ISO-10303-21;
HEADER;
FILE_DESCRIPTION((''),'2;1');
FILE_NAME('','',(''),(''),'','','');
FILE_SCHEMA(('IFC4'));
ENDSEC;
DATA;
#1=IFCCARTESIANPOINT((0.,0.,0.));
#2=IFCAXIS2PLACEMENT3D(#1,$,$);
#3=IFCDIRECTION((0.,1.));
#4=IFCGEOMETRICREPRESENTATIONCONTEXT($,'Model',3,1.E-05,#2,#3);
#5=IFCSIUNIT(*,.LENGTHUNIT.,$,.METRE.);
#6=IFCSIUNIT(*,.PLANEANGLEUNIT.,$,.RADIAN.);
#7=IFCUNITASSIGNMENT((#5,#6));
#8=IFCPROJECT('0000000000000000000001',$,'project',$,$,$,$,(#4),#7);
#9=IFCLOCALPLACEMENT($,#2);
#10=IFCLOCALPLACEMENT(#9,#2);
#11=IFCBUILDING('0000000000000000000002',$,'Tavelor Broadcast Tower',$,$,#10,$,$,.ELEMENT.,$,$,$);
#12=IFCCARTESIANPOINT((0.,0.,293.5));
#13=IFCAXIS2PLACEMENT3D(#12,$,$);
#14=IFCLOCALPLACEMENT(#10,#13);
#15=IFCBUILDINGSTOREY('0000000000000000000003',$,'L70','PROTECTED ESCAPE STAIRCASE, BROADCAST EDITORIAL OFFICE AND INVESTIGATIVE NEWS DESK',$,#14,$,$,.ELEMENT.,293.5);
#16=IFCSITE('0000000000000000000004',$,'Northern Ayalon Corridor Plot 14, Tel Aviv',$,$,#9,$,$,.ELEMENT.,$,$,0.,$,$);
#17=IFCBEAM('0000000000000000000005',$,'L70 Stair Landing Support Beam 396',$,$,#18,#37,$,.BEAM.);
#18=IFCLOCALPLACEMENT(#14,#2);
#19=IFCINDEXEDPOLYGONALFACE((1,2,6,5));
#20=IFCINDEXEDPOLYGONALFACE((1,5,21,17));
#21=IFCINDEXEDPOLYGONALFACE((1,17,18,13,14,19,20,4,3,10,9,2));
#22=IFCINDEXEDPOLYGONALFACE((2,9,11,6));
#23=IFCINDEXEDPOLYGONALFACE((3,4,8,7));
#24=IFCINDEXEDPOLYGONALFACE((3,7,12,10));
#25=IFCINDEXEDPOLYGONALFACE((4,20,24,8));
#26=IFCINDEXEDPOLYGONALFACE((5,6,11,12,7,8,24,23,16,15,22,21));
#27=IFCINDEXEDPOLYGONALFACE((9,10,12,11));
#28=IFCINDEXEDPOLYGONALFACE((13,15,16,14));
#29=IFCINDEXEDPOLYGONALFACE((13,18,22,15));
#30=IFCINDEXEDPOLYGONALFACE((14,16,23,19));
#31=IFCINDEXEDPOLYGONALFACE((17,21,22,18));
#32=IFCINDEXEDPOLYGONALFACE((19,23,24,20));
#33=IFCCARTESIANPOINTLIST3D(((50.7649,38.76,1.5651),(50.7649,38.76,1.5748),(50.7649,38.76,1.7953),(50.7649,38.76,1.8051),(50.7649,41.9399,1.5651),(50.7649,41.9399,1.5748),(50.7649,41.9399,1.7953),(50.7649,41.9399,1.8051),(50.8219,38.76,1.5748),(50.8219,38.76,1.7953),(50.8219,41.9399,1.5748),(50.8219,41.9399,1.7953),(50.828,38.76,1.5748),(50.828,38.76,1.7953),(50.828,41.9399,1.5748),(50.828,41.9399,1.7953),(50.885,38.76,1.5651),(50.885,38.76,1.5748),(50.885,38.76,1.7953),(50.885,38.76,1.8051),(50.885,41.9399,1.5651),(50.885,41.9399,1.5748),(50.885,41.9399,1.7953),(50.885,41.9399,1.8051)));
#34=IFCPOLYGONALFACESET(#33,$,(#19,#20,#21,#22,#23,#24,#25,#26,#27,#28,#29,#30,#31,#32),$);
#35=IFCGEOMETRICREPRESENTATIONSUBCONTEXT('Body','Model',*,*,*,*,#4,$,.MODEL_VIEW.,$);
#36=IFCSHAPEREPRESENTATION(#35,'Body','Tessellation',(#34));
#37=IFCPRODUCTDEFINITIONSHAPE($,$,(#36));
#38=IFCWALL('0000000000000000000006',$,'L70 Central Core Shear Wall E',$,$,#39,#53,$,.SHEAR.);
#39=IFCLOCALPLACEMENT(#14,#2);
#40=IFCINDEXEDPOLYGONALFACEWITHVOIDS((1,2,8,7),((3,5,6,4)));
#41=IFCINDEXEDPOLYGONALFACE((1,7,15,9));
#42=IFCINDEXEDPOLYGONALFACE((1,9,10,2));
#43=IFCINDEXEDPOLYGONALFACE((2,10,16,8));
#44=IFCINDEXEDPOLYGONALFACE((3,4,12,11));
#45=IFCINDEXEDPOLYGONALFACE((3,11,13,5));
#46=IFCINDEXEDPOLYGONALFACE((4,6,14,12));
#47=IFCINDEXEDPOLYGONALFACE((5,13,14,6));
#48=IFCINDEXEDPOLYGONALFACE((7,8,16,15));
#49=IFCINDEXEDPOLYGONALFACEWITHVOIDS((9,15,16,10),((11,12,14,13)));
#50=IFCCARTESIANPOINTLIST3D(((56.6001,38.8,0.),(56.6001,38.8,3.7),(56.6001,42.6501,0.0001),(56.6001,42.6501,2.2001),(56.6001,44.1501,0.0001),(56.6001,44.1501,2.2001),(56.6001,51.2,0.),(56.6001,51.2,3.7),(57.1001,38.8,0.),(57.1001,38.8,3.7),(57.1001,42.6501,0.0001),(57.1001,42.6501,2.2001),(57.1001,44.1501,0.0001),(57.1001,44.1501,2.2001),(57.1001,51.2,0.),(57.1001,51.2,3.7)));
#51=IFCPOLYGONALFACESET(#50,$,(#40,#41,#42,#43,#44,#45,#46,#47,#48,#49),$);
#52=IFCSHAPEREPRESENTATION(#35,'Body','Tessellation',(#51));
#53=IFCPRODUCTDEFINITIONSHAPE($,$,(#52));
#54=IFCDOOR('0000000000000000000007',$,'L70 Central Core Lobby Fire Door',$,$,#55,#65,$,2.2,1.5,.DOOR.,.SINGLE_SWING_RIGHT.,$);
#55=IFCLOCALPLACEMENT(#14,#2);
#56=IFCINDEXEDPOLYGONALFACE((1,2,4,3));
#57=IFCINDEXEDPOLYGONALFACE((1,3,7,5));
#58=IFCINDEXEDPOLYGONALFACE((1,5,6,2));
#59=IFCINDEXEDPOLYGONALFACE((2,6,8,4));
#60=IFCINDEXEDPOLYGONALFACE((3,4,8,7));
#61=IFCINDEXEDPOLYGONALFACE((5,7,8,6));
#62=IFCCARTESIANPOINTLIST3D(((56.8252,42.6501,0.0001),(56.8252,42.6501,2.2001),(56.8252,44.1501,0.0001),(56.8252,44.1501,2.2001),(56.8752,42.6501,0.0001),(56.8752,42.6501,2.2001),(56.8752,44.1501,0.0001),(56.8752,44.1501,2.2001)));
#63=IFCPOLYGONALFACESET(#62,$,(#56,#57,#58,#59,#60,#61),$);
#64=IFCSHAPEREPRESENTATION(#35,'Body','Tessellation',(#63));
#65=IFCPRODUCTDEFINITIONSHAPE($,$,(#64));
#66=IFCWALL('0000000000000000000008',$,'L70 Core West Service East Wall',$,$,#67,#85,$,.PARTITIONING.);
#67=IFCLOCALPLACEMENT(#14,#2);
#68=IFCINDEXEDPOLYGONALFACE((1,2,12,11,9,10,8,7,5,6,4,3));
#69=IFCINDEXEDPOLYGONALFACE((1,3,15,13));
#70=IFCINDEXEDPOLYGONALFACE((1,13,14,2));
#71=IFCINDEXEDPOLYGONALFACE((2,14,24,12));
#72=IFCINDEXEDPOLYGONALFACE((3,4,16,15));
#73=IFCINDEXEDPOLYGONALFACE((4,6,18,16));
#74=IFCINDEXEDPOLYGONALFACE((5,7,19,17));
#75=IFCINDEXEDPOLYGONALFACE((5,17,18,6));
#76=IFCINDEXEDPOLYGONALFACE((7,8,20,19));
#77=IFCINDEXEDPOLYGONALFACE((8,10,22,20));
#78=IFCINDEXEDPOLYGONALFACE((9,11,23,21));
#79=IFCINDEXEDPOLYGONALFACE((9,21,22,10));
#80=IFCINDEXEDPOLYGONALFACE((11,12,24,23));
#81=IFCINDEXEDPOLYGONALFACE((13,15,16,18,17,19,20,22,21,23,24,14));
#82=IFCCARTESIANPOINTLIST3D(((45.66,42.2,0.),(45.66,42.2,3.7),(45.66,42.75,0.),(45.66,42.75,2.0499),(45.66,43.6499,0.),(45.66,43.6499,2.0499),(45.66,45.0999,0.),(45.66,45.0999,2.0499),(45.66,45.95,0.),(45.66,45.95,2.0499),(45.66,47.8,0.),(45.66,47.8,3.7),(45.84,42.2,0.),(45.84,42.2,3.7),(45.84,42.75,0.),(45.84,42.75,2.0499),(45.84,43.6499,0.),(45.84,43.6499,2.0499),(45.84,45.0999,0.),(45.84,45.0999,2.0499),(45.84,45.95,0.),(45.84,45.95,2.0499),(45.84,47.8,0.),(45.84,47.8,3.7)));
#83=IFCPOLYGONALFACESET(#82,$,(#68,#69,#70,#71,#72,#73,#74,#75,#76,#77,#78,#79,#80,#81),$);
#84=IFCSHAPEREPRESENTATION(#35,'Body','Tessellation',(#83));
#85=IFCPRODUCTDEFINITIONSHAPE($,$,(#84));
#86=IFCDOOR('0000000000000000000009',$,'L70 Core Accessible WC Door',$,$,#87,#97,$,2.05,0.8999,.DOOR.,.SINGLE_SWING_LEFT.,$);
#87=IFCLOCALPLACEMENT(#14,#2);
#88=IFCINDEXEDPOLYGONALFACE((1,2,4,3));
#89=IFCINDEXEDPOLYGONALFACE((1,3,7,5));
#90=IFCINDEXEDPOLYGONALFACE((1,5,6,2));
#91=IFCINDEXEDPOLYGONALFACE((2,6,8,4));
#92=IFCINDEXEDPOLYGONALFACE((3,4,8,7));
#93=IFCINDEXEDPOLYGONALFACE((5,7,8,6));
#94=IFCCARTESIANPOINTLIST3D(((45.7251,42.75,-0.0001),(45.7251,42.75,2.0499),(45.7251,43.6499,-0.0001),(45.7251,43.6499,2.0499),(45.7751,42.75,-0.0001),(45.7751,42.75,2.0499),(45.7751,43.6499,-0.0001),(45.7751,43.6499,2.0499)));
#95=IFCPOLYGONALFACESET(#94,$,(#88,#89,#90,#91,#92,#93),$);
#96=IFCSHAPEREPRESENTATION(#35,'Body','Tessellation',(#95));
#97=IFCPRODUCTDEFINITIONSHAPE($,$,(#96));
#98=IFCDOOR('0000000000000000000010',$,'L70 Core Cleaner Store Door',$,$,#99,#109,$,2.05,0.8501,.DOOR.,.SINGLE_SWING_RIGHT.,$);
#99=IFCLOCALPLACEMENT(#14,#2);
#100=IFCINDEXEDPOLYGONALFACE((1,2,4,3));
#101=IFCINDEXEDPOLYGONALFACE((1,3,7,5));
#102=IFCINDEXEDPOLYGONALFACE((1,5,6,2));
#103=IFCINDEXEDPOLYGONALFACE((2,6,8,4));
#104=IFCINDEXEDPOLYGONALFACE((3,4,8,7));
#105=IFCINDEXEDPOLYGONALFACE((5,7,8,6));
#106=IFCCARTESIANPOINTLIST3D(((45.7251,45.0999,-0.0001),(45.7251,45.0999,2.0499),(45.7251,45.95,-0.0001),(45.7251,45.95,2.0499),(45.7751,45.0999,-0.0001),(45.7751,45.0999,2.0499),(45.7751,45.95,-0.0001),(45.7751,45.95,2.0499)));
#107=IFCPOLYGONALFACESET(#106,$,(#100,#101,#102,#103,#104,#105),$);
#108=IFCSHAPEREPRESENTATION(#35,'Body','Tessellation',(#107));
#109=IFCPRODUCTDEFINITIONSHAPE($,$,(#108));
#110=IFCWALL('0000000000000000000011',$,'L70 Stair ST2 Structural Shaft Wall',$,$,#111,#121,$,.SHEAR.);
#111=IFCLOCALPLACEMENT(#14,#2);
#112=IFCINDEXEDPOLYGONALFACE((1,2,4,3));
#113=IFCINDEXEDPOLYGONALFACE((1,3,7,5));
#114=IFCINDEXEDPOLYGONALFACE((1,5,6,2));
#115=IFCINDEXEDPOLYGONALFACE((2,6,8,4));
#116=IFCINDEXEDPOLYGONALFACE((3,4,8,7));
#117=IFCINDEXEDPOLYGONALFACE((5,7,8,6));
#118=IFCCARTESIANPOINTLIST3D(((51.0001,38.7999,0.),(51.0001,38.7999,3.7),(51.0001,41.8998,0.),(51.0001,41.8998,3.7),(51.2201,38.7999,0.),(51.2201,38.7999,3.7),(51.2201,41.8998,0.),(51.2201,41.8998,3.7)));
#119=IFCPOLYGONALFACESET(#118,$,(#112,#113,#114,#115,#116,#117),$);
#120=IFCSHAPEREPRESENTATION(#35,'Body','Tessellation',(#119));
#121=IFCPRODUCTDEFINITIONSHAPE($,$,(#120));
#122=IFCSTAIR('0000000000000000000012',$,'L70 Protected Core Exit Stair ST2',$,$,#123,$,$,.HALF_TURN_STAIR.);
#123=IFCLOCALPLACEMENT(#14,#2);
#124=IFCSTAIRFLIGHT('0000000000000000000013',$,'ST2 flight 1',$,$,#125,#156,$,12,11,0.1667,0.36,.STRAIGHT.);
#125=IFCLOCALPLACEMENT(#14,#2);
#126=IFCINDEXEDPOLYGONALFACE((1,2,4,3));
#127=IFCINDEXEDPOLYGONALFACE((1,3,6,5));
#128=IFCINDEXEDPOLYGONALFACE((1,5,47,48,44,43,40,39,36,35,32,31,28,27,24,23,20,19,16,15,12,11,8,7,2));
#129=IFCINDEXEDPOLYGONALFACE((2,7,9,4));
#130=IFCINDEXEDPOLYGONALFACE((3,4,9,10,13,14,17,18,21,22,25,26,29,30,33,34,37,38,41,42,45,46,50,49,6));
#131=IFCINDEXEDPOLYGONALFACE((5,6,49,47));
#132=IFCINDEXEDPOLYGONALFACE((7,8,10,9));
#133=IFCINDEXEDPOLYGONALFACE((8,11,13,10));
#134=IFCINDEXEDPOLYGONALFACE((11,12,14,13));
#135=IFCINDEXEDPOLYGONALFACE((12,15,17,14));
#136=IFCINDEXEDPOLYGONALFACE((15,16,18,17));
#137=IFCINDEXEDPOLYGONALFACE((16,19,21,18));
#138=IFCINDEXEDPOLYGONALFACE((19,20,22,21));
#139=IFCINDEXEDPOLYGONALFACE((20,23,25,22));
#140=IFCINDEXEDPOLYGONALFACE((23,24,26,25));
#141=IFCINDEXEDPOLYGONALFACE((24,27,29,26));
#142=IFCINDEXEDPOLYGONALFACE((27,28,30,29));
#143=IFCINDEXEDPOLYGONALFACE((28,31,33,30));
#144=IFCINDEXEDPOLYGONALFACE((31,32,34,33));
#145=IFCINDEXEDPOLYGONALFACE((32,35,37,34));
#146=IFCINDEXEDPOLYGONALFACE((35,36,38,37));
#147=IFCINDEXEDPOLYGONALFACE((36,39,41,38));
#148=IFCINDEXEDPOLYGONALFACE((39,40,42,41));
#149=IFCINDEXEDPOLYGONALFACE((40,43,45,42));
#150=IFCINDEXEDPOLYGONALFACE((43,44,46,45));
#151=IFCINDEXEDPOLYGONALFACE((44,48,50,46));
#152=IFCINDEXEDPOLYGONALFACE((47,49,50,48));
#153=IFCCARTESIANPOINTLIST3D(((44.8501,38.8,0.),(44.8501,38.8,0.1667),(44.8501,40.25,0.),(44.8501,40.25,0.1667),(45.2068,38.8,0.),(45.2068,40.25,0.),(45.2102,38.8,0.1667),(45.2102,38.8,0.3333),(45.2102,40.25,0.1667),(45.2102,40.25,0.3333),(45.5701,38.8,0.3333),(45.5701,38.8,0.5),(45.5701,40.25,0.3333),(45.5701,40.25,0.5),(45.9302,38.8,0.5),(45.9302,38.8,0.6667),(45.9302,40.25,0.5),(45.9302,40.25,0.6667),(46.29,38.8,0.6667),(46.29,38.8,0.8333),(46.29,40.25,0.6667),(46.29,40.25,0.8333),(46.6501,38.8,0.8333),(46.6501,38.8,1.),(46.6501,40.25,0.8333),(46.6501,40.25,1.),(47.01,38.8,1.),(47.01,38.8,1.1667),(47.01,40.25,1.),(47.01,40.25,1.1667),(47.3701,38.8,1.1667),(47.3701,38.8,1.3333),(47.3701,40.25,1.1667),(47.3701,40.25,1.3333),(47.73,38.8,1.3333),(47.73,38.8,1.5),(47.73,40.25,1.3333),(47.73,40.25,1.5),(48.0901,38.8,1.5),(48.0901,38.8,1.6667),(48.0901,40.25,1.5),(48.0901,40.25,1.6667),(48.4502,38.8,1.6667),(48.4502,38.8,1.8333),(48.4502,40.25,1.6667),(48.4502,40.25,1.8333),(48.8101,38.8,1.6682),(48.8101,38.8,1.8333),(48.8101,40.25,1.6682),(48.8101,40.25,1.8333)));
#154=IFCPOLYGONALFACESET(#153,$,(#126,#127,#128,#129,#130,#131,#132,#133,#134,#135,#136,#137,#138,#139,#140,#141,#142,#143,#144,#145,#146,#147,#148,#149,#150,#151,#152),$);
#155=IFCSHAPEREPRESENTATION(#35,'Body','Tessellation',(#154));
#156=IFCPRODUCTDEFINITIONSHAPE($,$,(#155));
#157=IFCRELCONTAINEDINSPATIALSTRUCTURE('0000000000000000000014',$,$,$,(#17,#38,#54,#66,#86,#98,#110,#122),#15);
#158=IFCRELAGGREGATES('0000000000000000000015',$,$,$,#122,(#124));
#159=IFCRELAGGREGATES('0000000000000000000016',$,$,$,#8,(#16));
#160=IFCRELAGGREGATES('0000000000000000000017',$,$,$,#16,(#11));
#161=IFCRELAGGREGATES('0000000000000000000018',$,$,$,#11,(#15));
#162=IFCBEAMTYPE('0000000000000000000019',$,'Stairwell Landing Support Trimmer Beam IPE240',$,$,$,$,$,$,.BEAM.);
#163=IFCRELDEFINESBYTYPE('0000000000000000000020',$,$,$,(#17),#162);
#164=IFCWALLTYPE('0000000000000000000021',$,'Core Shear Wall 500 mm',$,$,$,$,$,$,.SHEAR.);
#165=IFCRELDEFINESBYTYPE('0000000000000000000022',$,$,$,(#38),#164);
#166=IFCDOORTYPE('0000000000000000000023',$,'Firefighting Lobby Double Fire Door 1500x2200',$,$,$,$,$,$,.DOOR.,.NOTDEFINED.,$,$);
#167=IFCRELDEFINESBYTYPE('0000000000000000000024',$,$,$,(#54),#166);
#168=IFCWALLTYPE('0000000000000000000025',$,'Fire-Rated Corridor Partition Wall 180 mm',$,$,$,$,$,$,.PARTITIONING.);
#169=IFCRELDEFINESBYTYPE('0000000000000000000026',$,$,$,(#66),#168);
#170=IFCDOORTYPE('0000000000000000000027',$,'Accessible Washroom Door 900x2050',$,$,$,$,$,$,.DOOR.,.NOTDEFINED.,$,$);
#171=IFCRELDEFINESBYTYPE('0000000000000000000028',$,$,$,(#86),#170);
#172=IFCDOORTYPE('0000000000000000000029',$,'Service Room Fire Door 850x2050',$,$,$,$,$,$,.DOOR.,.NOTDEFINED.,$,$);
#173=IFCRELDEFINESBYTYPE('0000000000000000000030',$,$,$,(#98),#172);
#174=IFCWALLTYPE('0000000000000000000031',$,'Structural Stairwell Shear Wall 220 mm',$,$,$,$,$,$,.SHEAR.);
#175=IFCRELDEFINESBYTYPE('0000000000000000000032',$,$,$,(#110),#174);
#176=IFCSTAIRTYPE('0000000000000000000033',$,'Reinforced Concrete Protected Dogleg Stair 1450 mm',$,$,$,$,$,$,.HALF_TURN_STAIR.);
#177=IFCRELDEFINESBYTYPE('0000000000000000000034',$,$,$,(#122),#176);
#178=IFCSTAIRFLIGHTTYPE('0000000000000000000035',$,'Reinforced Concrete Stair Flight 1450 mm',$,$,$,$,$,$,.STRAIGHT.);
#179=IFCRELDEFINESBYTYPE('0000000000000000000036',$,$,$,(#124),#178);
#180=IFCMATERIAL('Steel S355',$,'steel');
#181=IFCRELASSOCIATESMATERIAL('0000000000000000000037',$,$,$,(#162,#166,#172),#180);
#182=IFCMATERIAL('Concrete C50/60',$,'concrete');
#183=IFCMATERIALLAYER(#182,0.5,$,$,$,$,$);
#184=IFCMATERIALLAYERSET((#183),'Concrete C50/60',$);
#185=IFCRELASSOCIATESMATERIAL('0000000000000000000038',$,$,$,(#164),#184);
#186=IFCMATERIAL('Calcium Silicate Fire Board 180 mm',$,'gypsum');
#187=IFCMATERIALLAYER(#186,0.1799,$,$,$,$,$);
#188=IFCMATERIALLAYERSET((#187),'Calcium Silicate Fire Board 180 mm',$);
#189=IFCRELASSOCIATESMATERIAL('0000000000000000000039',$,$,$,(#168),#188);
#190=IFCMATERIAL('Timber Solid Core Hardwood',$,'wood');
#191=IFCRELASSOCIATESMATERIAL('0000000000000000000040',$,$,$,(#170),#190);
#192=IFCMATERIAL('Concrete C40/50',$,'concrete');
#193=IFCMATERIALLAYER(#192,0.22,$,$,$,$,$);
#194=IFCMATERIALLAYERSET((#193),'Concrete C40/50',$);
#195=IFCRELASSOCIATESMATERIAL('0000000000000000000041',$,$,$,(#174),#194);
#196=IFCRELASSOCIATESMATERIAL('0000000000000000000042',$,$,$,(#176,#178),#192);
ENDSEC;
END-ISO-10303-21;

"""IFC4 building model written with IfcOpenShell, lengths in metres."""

from ifc_helpers import new_model, si_unit, direction, frame, frame_2d, origin, origin_2d, place, context, subcontext, project, spatial, polyline, rectangle, i_section, outline, extrude, material, layer, layer_set, material_profile, profile_set, type_object, element, fill, aggregate, save


model = new_model("IFC4")

# Units and contexts
model_context = context("Model", 3, precision=1e-05, world=origin(), true_north=direction((0.0, 1.0)))
body_context = subcontext(model_context, "Body", "Model", "MODEL_VIEW")
ifc_project = project(units=[si_unit("LENGTHUNIT", "METRE"), si_unit("PLANEANGLEUNIT", "RADIAN")], contexts=[model_context])

# Site, building, storey
site_placement = place(None, origin())
site = spatial("IfcSite", under=ifc_project, at=site_placement, Name="Northern Ayalon Corridor Plot 14, Tel Aviv", CompositionType="ELEMENT", RefElevation=0.0)
building_placement = place(site_placement, origin())
building = spatial("IfcBuilding", under=site, at=building_placement, Name="Tavelor Broadcast Tower", CompositionType="ELEMENT")
storey_placement = place(building_placement, frame((0.0, 0.0, 293.5)))
storey = spatial("IfcBuildingStorey", under=building, at=storey_placement, Name="L70", Description="PROTECTED ESCAPE STAIRCASE, BROADCAST EDITORIAL OFFICE AND INVESTIGATIVE NEWS DESK", CompositionType="ELEMENT", Elevation=293.5)

# Shared definitions
ifc_material_1 = material(Name="Concrete C50/60", Category="concrete")

# Beam
ifc_material_2 = material(Name="Concrete C40/50", Category="concrete")
ifc_material_3 = material(Name="Steel S355", Category="steel")
ifc_material_profile_1 = material_profile(ifc_material_3, i_section(OverallWidth=0.1201, OverallDepth=0.24, WebThickness=0.0061, FlangeThickness=0.0098, at=origin_2d()), Name="IPE 240")
ifc_profile_set_1 = profile_set([ifc_material_profile_1], Name="Steel S355")
beam_type_1 = type_object("IfcBeamType", Name="Stairwell Landing Support Trimmer Beam IPE240", PredefinedType="BEAM", material=ifc_profile_set_1)
for number, where, z_axis, x_axis, name in (
    (1, (50.825, 38.76, 1.6851), (0.0, 1.0, 0.0), (-1.0, 0.0, 0.0), "L70 Stair Landing Support Beam 396"),
):
    element("IfcBeam", number, at=place(storey_placement, frame(where, z_axis=z_axis, x_axis=x_axis)), inside=storey, type_object=beam_type_1, Name=name, PredefinedType="BEAM", context=body_context, shape_type="SweptSolid", body=[
        extrude(i_section(OverallWidth=0.1201, OverallDepth=0.24, WebThickness=0.0061, FlangeThickness=0.0098, at=origin_2d()), origin(), (0.0, 0.0, 1.0), 3.1799),
    ])

# Wall, opening, door
ifc_layer_1 = layer(ifc_material_1, 0.5)
ifc_layer_set_1 = layer_set([ifc_layer_1], Name="Concrete C50/60")
wall_type_1 = type_object("IfcWallType", Name="Core Shear Wall 500 mm", PredefinedType="SHEAR", material=ifc_layer_set_1)
wall_1_placement = place(storey_placement, frame((56.8501, 38.8, 0.0), z_axis=(0.0, 0.0, 1.0), x_axis=(0.0, 1.0, 0.0)))
wall_1 = element("IfcWall", 2, at=wall_1_placement, inside=storey, type_object=wall_type_1, Name="L70 Central Core Shear Wall E", PredefinedType="SHEAR", context=body_context, shape_type="SweptSolid", body=[
    extrude(rectangle(XDim=12.3999, YDim=0.5, at=frame_2d((6.2, 0.0))), origin(), (0.0, 0.0, 1.0), 3.7),
])
opening_1_placement = place(wall_1_placement, frame((3.8501, 0.0, 0.0)))
opening_1 = element("IfcOpeningElement", 3, at=opening_1_placement, cuts=wall_1, PredefinedType="OPENING", context=body_context, shape_type="SweptSolid", body=[
    extrude(rectangle(XDim=1.5, YDim=2.2, at=frame_2d((0.75, 1.1001))), frame((0.0, 0.26, 0.0), z_axis=(0.0, -1.0, 0.0), x_axis=(1.0, 0.0, 0.0)), (0.0, 0.0, 1.0), 0.52),
])
door_type_1 = type_object("IfcDoorType", Name="Firefighting Lobby Double Fire Door 1500x2200", OperationType="NOTDEFINED", PredefinedType="DOOR", material=ifc_material_3)
door_1_placement = place(opening_1_placement, origin())
door_1 = element("IfcDoor", 4, at=door_1_placement, inside=storey, type_object=door_type_1, Name="L70 Central Core Lobby Fire Door", OperationType="SINGLE_SWING_RIGHT", OverallHeight=2.2, OverallWidth=1.5, PredefinedType="DOOR", context=body_context, shape_type="SweptSolid", body=[
    extrude(rectangle(XDim=1.5, YDim=2.2, at=frame_2d((0.75, 1.1001))), frame((0.0, 0.0249, 0.0), z_axis=(0.0, -1.0, 0.0), x_axis=(1.0, 0.0, 0.0)), (0.0, 0.0, 1.0), 0.05),
])
fill(opening_1, door_1)

# Wall, openings, doors
ifc_material_4 = material(Name="Calcium Silicate Fire Board 180 mm", Category="gypsum")
ifc_layer_2 = layer(ifc_material_4, 0.1799)
ifc_layer_set_2 = layer_set([ifc_layer_2], Name="Calcium Silicate Fire Board 180 mm")
wall_type_2 = type_object("IfcWallType", Name="Fire-Rated Corridor Partition Wall 180 mm", PredefinedType="PARTITIONING", material=ifc_layer_set_2)
wall_2_placement = place(storey_placement, frame((45.75, 42.2, 0.0), z_axis=(0.0, 0.0, 1.0), x_axis=(0.0, 1.0, 0.0)))
wall_2 = element("IfcWall", 5, at=wall_2_placement, inside=storey, type_object=wall_type_2, Name="L70 Core West Service East Wall", PredefinedType="PARTITIONING", context=body_context, shape_type="SweptSolid", body=[
    extrude(rectangle(XDim=5.6001, YDim=0.1799, at=frame_2d((2.8, 0.0))), origin(), (0.0, 0.0, 1.0), 3.7),
])
opening_2_placement = place(wall_2_placement, frame((0.55, 0.0, 0.0)))
opening_2 = element("IfcOpeningElement", 6, at=opening_2_placement, cuts=wall_2, PredefinedType="OPENING", context=body_context, shape_type="SweptSolid", body=[
    extrude(rectangle(XDim=0.8999, YDim=2.05, at=frame_2d((0.45, 1.0249))), frame((0.0, 0.1001, 0.0), z_axis=(0.0, -1.0, 0.0), x_axis=(1.0, 0.0, 0.0)), (0.0, 0.0, 1.0), 0.2),
])
opening_3_placement = place(wall_2_placement, frame((2.8999, 0.0, 0.0)))
opening_3 = element("IfcOpeningElement", 7, at=opening_3_placement, cuts=wall_2, PredefinedType="OPENING", context=body_context, shape_type="SweptSolid", body=[
    extrude(rectangle(XDim=0.8501, YDim=2.05, at=frame_2d((0.425, 1.0249))), frame((0.0, 0.1001, 0.0), z_axis=(0.0, -1.0, 0.0), x_axis=(1.0, 0.0, 0.0)), (0.0, 0.0, 1.0), 0.2),
])
ifc_material_5 = material(Name="Timber Solid Core Hardwood", Category="wood")
door_type_2 = type_object("IfcDoorType", Name="Accessible Washroom Door 900x2050", OperationType="NOTDEFINED", PredefinedType="DOOR", material=ifc_material_5)
door_2_placement = place(opening_2_placement, origin())
door_2 = element("IfcDoor", 8, at=door_2_placement, inside=storey, type_object=door_type_2, Name="L70 Core Accessible WC Door", OperationType="SINGLE_SWING_LEFT", OverallHeight=2.05, OverallWidth=0.8999, PredefinedType="DOOR", context=body_context, shape_type="SweptSolid", body=[
    extrude(rectangle(XDim=0.8999, YDim=2.05, at=frame_2d((0.45, 1.0249))), frame((0.0, 0.0249, 0.0), z_axis=(0.0, -1.0, 0.0), x_axis=(1.0, 0.0, 0.0)), (0.0, 0.0, 1.0), 0.05),
])
fill(opening_2, door_2)
door_type_3 = type_object("IfcDoorType", Name="Service Room Fire Door 850x2050", OperationType="NOTDEFINED", PredefinedType="DOOR", material=ifc_material_3)
door_3_placement = place(opening_3_placement, origin())
door_3 = element("IfcDoor", 9, at=door_3_placement, inside=storey, type_object=door_type_3, Name="L70 Core Cleaner Store Door", OperationType="SINGLE_SWING_RIGHT", OverallHeight=2.05, OverallWidth=0.8501, PredefinedType="DOOR", context=body_context, shape_type="SweptSolid", body=[
    extrude(rectangle(XDim=0.8501, YDim=2.05, at=frame_2d((0.425, 1.0249))), frame((0.0, 0.0249, 0.0), z_axis=(0.0, -1.0, 0.0), x_axis=(1.0, 0.0, 0.0)), (0.0, 0.0, 1.0), 0.05),
])
fill(opening_3, door_3)

# Wall
ifc_layer_3 = layer(ifc_material_2, 0.22)
ifc_layer_set_3 = layer_set([ifc_layer_3], Name="Concrete C40/50")
wall_type_3 = type_object("IfcWallType", Name="Structural Stairwell Shear Wall 220 mm", PredefinedType="SHEAR", material=ifc_layer_set_3)
wall_3_placement = place(storey_placement, frame((51.1101, 38.8, 0.0), z_axis=(0.0, 0.0, 1.0), x_axis=(0.0, 1.0, 0.0)))
element("IfcWall", 10, at=wall_3_placement, inside=storey, type_object=wall_type_3, Name="L70 Stair ST2 Structural Shaft Wall", PredefinedType="SHEAR", context=body_context, shape_type="SweptSolid", body=[
    extrude(rectangle(XDim=3.0999, YDim=0.22, at=frame_2d((1.5498, 0.0))), origin(), (0.0, 0.0, 1.0), 3.7),
])

# Stair, stair flight
stair_type = type_object("IfcStairType", Name="Reinforced Concrete Protected Dogleg Stair 1450 mm", PredefinedType="HALF_TURN_STAIR", material=ifc_material_2)
stair_placement = place(storey_placement, origin())
stair = element("IfcStair", 11, at=stair_placement, inside=storey, type_object=stair_type, Name="L70 Protected Core Exit Stair ST2", PredefinedType="HALF_TURN_STAIR")
stair_flight_type = type_object("IfcStairFlightType", Name="Reinforced Concrete Stair Flight 1450 mm", PredefinedType="STRAIGHT", material=ifc_material_2)
stair_flight_1_placement = place(storey_placement, frame((44.8501, 39.5249, 0.0), z_axis=(0.0, 0.0, 1.0), x_axis=(1.0, 0.0, 0.0)))
stair_flight_1 = element("IfcStairFlight", 12, at=stair_flight_1_placement, type_object=stair_flight_type, Name="ST2 flight 1", NumberOfRisers=12, NumberOfTreads=11, PredefinedType="STRAIGHT", RiserHeight=0.1667, TreadLength=0.36, context=body_context, shape_type="SweptSolid", body=[
    extrude(outline(polyline([(0.0, 0.0), (0.0, 0.1667), (0.3601, 0.1667), (0.3601, 0.3333), (0.72, 0.3333), (0.72, 0.5), (1.0801, 0.5), (1.0801, 0.6667), (1.4399, 0.6667), (1.4399, 0.8333), (1.8, 0.8333), (1.8, 1.0), (2.1599, 1.0), (2.1599, 1.1667), (2.52, 1.1667), (2.52, 1.3333), (2.8799, 1.3333), (2.8799, 1.5), (3.24, 1.5), (3.24, 1.6667), (3.6001, 1.6667), (3.6001, 1.8333), (3.96, 1.8333), (3.96, 2.0), (3.96, 1.6682), (0.3567, 0.0), (0.0, 0.0)])), frame((0.0, 0.7251, 0.0), z_axis=(0.0, -1.0, 0.0), x_axis=(1.0, 0.0, 0.0)), (0.0, 0.0, 1.0), 1.45),
])
aggregate(stair, [stair_flight_1])

save(model, "model.ifc")
